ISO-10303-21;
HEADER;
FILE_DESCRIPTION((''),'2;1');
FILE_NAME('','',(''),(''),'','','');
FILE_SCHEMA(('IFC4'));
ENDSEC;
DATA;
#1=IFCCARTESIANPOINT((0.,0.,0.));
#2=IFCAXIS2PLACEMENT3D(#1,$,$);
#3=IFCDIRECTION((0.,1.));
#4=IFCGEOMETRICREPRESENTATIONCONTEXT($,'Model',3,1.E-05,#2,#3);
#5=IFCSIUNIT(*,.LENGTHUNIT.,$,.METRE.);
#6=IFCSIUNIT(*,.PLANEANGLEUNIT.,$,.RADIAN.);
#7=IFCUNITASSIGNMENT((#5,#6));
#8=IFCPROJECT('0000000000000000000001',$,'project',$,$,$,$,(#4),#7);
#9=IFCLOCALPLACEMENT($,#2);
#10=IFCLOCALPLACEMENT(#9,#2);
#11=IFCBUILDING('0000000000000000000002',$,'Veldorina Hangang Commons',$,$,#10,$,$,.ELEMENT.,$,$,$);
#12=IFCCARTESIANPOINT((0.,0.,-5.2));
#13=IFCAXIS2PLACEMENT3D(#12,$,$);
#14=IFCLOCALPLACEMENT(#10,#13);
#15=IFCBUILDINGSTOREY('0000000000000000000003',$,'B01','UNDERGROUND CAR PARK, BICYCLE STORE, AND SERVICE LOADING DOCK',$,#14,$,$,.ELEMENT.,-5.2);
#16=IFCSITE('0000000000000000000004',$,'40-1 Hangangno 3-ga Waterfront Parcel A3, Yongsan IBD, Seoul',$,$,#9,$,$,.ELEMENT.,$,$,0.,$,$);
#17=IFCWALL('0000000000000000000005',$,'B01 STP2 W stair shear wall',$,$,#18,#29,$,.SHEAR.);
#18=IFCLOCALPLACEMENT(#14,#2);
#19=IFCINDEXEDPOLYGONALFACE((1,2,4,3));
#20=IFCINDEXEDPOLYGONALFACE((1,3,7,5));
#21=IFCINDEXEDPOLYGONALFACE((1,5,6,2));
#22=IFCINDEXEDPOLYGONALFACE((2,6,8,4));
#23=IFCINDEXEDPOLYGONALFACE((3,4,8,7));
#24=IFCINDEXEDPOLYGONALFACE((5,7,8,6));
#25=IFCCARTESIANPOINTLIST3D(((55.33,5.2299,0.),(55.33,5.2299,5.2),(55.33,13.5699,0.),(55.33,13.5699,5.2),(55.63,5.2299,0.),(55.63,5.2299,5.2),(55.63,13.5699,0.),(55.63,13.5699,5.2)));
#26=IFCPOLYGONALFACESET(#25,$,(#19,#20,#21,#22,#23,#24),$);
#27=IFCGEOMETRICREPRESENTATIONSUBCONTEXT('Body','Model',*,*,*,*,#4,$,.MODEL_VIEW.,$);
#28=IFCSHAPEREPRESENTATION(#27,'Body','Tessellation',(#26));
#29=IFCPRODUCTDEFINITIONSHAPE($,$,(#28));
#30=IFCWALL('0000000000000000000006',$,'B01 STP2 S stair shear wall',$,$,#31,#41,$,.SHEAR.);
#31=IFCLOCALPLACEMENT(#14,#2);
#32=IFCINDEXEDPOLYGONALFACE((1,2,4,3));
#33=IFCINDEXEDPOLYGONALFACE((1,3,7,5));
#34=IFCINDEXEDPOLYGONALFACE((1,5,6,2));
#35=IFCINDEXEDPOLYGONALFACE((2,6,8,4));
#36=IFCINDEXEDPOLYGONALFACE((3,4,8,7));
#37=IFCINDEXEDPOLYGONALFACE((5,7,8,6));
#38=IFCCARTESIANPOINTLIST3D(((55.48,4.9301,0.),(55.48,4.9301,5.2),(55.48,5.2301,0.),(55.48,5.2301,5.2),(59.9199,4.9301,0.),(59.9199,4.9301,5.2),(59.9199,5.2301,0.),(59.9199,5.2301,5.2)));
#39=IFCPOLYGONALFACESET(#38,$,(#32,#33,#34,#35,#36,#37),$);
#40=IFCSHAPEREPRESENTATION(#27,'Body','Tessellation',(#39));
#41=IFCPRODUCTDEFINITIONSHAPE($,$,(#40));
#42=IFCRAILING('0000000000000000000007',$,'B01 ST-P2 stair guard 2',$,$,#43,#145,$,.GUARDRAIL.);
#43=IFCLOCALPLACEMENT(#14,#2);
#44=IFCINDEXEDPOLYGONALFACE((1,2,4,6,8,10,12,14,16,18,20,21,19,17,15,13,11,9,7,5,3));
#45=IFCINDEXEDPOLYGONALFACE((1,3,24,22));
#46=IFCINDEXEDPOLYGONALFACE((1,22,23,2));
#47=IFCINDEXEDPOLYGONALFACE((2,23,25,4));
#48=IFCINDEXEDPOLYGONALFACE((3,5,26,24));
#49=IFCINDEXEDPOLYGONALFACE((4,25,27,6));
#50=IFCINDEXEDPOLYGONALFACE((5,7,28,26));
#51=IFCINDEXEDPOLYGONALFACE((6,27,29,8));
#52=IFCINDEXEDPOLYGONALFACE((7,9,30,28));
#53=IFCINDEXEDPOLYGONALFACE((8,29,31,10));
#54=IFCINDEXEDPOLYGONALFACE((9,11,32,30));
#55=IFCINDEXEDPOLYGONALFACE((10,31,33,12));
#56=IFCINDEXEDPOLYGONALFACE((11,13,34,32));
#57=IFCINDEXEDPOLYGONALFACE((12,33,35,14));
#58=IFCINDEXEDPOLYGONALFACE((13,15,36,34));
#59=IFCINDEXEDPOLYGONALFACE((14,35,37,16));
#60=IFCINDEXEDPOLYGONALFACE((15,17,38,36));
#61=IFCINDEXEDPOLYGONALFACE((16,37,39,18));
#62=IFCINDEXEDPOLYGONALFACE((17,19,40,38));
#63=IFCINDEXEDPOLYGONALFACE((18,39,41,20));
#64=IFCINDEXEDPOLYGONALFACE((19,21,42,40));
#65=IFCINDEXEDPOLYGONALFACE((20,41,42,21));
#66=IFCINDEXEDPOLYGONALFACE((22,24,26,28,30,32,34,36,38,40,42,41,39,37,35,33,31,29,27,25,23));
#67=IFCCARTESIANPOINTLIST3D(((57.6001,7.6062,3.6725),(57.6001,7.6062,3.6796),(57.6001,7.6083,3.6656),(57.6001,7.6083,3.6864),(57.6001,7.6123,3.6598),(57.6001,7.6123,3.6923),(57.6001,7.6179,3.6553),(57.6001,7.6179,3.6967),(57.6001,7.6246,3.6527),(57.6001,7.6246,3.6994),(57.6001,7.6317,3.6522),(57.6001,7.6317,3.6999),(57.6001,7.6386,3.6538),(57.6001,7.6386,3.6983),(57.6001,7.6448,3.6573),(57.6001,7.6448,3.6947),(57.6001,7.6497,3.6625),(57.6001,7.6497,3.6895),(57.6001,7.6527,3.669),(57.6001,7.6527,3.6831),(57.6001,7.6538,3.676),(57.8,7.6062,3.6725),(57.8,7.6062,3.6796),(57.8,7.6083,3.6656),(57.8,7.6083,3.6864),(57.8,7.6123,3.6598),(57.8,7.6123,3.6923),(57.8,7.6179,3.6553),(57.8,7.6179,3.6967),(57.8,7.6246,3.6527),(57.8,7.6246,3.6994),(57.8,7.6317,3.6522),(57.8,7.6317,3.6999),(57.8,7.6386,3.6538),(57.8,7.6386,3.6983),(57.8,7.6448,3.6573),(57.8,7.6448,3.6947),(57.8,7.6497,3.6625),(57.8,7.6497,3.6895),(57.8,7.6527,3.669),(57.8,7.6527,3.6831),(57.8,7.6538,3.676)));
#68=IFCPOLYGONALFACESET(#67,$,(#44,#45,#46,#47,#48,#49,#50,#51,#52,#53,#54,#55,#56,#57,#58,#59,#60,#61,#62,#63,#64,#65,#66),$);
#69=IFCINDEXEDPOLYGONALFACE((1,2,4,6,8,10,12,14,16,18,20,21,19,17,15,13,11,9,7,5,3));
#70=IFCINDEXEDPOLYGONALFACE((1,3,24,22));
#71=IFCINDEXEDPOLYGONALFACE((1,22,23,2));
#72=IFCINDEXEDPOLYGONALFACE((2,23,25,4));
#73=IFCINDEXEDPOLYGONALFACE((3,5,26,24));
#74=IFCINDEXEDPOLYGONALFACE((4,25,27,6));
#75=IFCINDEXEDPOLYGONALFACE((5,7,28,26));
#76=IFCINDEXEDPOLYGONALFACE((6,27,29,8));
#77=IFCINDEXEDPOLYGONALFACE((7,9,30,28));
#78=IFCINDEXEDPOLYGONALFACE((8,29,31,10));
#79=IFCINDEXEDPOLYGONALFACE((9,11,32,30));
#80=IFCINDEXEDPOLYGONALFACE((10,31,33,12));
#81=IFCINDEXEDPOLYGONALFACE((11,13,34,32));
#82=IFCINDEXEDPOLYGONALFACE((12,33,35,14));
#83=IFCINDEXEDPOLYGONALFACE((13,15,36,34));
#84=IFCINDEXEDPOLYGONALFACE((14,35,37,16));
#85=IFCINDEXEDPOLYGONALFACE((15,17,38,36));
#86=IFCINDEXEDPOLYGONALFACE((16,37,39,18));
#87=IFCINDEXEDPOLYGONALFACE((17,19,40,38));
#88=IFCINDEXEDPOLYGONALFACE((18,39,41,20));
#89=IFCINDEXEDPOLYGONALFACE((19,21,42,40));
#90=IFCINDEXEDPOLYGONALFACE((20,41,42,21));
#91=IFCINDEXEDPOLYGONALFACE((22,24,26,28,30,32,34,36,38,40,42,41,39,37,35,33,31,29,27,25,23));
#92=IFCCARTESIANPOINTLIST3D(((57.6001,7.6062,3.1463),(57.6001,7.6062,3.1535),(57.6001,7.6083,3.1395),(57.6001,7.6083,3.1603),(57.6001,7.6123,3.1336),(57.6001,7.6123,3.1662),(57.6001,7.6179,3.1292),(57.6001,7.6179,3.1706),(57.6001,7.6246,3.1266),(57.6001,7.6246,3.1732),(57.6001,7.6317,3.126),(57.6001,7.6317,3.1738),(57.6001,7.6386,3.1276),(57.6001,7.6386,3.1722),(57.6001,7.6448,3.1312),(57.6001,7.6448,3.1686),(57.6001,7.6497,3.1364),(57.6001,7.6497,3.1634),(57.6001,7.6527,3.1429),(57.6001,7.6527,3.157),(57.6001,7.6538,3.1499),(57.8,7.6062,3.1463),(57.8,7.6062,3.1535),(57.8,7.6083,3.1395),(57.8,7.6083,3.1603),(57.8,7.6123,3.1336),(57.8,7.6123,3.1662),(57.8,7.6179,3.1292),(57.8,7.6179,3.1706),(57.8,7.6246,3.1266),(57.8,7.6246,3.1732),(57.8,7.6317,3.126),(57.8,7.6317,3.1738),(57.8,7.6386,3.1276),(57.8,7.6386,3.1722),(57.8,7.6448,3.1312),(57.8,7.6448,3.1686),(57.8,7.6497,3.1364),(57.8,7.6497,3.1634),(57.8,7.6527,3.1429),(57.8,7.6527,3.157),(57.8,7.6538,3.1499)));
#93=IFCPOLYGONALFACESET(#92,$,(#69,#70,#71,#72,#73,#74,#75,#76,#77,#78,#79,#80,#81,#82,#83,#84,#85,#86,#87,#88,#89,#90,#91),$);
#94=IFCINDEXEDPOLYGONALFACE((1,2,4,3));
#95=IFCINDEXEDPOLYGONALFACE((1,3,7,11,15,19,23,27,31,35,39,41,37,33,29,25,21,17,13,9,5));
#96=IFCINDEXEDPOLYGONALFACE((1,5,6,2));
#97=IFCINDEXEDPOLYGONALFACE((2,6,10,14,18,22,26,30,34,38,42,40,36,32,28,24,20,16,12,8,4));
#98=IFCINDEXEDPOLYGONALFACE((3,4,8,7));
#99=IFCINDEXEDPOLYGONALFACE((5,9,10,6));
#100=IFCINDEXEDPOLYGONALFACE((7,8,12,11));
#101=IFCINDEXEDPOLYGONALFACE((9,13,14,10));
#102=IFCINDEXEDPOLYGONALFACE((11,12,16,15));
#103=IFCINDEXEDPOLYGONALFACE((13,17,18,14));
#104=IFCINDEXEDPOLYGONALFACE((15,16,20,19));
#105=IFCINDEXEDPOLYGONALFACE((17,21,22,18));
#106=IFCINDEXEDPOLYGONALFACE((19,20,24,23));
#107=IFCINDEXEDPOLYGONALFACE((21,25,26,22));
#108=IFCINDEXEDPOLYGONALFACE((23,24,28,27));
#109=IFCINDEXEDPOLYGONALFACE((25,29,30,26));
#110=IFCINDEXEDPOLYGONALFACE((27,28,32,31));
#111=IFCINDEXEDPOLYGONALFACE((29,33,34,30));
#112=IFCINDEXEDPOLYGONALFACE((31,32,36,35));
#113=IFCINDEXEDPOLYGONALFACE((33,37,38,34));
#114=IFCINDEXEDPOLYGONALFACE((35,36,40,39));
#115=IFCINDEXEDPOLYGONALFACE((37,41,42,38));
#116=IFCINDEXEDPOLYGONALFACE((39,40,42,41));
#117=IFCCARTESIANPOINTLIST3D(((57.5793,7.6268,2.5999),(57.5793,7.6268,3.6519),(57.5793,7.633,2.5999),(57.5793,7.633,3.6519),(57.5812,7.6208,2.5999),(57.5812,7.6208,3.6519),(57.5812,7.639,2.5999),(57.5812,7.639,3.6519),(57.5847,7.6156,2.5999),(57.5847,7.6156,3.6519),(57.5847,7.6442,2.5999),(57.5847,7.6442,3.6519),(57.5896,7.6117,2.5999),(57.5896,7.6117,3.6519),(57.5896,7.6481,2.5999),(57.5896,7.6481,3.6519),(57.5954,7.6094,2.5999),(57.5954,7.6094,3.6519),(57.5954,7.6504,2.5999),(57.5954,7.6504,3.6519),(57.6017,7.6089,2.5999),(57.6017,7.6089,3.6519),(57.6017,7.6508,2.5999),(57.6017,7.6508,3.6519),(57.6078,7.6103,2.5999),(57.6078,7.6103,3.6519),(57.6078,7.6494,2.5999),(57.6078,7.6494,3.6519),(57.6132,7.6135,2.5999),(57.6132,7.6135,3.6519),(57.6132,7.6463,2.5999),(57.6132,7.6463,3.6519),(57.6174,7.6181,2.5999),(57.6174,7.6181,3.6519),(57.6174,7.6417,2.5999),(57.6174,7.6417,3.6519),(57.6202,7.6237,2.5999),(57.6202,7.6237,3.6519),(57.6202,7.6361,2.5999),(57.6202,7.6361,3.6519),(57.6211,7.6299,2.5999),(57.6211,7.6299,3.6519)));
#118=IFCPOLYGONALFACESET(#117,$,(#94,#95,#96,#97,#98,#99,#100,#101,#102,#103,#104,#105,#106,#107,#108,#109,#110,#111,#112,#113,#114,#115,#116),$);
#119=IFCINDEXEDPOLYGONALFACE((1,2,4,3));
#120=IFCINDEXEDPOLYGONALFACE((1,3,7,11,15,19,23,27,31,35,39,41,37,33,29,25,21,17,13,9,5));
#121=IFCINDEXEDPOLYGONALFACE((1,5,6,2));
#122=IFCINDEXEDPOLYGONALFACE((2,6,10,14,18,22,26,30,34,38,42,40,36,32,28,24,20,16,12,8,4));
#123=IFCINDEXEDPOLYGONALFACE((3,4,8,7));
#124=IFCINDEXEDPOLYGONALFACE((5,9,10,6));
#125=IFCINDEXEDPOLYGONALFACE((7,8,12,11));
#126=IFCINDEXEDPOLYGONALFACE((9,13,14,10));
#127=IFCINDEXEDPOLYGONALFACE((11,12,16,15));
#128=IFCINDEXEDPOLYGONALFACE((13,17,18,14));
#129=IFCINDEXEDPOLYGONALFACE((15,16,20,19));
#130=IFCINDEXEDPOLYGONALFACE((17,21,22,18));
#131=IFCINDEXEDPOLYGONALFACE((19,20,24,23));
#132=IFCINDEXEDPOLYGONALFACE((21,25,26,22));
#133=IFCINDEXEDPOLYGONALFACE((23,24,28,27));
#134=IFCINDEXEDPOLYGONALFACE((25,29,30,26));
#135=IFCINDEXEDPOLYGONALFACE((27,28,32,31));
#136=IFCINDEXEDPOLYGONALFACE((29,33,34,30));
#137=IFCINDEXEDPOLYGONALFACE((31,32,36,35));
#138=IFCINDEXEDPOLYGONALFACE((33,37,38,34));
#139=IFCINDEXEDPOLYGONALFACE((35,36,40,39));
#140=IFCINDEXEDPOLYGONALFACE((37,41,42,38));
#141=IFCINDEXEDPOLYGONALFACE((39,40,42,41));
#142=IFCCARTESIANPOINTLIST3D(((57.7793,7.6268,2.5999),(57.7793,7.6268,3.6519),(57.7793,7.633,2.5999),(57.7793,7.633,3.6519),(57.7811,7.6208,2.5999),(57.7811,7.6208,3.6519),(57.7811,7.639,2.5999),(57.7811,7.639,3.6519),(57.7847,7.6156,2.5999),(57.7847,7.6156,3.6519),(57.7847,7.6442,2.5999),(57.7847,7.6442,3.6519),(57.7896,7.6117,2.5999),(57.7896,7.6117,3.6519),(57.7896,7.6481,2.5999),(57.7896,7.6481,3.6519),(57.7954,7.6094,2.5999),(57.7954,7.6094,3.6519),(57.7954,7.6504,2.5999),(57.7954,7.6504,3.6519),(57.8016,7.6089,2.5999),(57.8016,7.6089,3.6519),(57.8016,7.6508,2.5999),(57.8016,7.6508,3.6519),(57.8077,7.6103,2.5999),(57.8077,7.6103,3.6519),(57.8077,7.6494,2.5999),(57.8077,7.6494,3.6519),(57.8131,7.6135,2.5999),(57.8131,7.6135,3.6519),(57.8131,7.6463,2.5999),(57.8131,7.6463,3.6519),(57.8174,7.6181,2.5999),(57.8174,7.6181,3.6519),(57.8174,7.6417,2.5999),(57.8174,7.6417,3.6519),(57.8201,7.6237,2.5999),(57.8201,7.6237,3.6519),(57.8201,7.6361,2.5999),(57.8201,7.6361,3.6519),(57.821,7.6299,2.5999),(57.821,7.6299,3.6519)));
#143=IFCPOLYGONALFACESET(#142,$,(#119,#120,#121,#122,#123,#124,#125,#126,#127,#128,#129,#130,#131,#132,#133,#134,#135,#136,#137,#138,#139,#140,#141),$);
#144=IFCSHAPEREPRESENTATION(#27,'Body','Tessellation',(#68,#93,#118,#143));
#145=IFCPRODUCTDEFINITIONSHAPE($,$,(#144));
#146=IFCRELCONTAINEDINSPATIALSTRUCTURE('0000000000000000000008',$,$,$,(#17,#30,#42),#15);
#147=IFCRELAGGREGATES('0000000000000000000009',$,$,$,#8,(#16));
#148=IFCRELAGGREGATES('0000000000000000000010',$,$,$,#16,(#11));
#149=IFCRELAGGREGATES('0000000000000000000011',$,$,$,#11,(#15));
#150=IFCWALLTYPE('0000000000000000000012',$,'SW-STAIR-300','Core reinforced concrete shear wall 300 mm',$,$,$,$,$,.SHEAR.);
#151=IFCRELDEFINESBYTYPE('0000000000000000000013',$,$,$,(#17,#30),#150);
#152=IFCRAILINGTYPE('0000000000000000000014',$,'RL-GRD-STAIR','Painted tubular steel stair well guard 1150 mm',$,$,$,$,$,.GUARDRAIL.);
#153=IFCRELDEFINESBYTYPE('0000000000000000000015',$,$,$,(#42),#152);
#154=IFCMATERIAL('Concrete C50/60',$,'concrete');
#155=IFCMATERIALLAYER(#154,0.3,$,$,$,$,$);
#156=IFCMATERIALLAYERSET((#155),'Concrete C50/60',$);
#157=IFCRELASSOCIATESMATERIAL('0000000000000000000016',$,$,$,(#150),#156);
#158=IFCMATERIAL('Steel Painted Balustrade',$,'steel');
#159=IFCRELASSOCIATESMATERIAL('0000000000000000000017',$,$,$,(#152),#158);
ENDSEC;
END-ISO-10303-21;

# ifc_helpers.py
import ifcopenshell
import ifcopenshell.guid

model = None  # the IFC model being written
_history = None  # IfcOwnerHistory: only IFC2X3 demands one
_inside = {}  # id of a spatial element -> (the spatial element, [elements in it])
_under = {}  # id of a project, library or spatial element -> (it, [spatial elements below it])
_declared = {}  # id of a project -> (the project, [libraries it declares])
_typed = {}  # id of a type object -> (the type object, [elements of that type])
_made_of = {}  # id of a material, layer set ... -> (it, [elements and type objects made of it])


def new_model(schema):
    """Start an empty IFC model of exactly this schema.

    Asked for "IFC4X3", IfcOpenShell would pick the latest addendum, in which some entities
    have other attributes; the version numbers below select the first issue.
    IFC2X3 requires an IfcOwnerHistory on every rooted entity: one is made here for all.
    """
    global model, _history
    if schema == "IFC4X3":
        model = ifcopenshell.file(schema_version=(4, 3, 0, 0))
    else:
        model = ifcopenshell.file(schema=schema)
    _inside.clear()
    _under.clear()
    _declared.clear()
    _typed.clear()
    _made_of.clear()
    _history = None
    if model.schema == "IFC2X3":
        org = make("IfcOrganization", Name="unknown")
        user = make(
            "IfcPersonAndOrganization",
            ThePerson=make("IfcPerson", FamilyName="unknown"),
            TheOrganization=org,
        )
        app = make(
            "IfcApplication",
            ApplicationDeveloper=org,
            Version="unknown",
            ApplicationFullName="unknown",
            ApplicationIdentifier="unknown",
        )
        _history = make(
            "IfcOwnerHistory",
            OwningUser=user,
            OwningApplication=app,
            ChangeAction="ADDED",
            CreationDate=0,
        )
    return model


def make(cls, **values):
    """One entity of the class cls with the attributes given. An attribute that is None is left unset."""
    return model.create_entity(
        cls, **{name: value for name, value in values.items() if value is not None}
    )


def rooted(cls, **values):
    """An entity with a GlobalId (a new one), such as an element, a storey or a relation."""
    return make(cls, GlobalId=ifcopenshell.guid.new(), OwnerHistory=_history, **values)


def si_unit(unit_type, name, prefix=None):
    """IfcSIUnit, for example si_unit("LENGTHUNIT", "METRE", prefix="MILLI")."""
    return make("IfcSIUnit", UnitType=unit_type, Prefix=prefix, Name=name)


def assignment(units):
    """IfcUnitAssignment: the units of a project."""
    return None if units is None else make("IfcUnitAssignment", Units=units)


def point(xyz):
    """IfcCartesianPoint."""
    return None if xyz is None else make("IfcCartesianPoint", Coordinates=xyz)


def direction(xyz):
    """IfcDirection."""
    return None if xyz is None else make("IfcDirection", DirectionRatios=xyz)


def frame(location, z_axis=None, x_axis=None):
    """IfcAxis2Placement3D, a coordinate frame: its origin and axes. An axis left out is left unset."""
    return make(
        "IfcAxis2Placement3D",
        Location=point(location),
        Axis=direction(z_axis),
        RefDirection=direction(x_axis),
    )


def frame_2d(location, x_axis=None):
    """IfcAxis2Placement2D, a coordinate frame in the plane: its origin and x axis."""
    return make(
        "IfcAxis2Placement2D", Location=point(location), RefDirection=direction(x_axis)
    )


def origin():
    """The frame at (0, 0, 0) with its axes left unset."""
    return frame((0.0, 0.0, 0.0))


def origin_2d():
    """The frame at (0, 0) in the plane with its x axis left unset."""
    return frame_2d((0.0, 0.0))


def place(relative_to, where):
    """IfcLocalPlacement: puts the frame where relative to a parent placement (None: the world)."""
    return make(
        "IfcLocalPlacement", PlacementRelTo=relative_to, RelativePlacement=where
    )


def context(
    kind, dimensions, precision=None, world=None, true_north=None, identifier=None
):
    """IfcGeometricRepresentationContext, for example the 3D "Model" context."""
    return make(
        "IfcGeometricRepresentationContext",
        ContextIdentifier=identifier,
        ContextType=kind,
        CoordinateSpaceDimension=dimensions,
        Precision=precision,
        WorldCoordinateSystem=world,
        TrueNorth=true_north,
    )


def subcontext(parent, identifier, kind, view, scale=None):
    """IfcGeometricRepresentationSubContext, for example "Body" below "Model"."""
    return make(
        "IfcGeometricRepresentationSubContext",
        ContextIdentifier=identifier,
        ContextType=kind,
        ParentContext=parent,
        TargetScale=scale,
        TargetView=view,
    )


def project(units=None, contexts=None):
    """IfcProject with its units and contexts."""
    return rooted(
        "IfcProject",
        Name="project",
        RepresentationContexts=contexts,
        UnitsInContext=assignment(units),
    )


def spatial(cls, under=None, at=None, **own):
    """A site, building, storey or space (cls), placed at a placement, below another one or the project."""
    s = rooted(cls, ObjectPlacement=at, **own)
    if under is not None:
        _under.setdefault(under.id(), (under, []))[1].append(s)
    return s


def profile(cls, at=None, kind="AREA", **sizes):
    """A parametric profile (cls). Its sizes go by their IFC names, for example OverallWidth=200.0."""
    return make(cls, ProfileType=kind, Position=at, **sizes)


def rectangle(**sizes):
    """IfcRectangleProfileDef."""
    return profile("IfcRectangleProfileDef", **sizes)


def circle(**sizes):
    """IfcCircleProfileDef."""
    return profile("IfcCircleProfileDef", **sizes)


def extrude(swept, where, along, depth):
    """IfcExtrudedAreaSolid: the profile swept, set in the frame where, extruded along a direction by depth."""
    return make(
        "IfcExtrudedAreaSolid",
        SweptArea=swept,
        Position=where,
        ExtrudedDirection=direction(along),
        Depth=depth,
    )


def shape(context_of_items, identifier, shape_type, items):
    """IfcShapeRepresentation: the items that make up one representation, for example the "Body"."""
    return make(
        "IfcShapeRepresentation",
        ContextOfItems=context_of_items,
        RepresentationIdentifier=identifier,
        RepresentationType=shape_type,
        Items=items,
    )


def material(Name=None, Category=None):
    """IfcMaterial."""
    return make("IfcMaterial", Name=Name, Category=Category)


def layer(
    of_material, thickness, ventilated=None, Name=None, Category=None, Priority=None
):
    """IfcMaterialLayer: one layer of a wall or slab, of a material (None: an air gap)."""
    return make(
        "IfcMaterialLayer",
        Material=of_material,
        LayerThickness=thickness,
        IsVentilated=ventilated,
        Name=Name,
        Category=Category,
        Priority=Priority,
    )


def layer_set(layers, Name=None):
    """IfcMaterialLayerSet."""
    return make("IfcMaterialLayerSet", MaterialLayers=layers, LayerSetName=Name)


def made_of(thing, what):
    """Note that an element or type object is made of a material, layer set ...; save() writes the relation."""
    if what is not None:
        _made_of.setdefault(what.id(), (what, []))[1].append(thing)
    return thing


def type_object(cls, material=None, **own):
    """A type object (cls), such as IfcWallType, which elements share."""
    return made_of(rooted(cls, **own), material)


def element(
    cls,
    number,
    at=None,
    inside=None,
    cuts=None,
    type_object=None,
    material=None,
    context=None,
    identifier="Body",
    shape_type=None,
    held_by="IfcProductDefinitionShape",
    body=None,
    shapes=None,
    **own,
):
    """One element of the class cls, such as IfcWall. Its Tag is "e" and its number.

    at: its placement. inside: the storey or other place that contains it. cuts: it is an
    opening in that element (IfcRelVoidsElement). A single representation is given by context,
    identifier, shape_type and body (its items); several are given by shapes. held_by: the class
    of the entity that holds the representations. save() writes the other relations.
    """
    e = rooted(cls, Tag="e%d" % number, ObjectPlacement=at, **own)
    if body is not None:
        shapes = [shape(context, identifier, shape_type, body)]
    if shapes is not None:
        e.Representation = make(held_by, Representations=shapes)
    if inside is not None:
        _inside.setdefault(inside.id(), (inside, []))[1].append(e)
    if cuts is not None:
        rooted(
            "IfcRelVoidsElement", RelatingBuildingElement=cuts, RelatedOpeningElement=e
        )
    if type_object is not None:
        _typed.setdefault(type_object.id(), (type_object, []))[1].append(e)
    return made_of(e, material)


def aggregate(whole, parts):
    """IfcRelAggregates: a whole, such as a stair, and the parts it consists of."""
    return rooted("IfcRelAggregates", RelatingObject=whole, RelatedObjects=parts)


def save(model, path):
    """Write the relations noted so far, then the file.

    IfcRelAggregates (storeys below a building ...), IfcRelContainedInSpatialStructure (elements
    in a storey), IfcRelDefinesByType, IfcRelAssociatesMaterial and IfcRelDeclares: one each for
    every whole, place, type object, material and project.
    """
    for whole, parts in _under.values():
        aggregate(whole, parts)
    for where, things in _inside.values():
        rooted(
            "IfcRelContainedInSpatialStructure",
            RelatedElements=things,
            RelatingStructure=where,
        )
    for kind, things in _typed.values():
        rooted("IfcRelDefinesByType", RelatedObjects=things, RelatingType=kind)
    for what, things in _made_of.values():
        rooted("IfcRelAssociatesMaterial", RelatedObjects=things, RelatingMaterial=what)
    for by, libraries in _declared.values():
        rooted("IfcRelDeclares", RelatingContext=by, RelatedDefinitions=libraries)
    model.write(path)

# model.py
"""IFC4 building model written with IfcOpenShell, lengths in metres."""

from ifc_helpers import new_model, si_unit, direction, frame, frame_2d, origin, origin_2d, place, context, subcontext, project, spatial, rectangle, circle, extrude, material, layer, layer_set, type_object, element, save


model = new_model("IFC4")

# Units and contexts
model_context = context("Model", 3, precision=1e-05, world=origin(), true_north=direction((0.0, 1.0)))
body_context = subcontext(model_context, "Body", "Model", "MODEL_VIEW")
ifc_project = project(units=[si_unit("LENGTHUNIT", "METRE"), si_unit("PLANEANGLEUNIT", "RADIAN")], contexts=[model_context])

# Site, building, storey
site_placement = place(None, origin())
site = spatial("IfcSite", under=ifc_project, at=site_placement, Name="40-1 Hangangno 3-ga Waterfront Parcel A3, Yongsan IBD, Seoul", CompositionType="ELEMENT", RefElevation=0.0)
building_placement = place(site_placement, origin())
building = spatial("IfcBuilding", under=site, at=building_placement, Name="Veldorina Hangang Commons", CompositionType="ELEMENT")
storey_placement = place(building_placement, frame((0.0, 0.0, -5.2)))
storey = spatial("IfcBuildingStorey", under=building, at=storey_placement, Name="B01", Description="UNDERGROUND CAR PARK, BICYCLE STORE, AND SERVICE LOADING DOCK", CompositionType="ELEMENT", Elevation=-5.2)

# Shared definitions
ifc_material_1 = material(Name="Concrete C50/60", Category="concrete")

# Walls
ifc_layer_1 = layer(ifc_material_1, 0.3)
ifc_layer_set_1 = layer_set([ifc_layer_1], Name="Concrete C50/60")
wall_type_1 = type_object("IfcWallType", Name="SW-STAIR-300", Description="Core reinforced concrete shear wall 300 mm", PredefinedType="SHEAR", material=ifc_layer_set_1)
wall_1_placement = place(storey_placement, frame((55.48, 5.23, 0.0), z_axis=(0.0, 0.0, 1.0), x_axis=(0.0, 1.0, 0.0)))
element("IfcWall", 1, at=wall_1_placement, inside=storey, type_object=wall_type_1, Name="B01 STP2 W stair shear wall", PredefinedType="SHEAR", context=body_context, shape_type="SweptSolid", body=[
    extrude(rectangle(XDim=8.3401, YDim=0.3, at=frame_2d((4.1699, 0.0))), origin(), (0.0, 0.0, 1.0), 5.2),
])
wall_2_placement = place(storey_placement, frame((55.48, 5.0801, 0.0), z_axis=(0.0, 0.0, 1.0), x_axis=(1.0, 0.0, 0.0)))
element("IfcWall", 2, at=wall_2_placement, inside=storey, type_object=wall_type_1, Name="B01 STP2 S stair shear wall", PredefinedType="SHEAR", context=body_context, shape_type="SweptSolid", body=[
    extrude(rectangle(XDim=4.4399, YDim=0.3, at=frame_2d((2.22, 0.0))), origin(), (0.0, 0.0, 1.0), 5.2),
])

# Railing
ifc_material_2 = material(Name="Steel Painted Balustrade", Category="steel")
railing_type = type_object("IfcRailingType", Name="RL-GRD-STAIR", Description="Painted tubular steel stair well guard 1150 mm", PredefinedType="GUARDRAIL", material=ifc_material_2)
railing_placement = place(storey_placement, frame((57.6001, 7.6299, 2.5999)))
element("IfcRailing", 3, at=railing_placement, inside=storey, type_object=railing_type, Name="B01 ST-P2 stair guard 2", PredefinedType="GUARDRAIL", context=body_context, shape_type="SweptSolid", body=[
    extrude(circle(Radius=0.0239, at=origin_2d()), frame((0.0, 0.0, 1.0762), z_axis=(1.0, 0.0, 0.0), x_axis=(0.0, 1.0, 0.0)), (0.0, 0.0, 1.0), 0.2),
    extrude(circle(Radius=0.0239, at=origin_2d()), frame((0.0, 0.0, 0.55), z_axis=(1.0, 0.0, 0.0), x_axis=(0.0, 1.0, 0.0)), (0.0, 0.0, 1.0), 0.2),
    extrude(circle(Radius=0.021, at=origin_2d()), origin(), (0.0, 0.0, 1.0), 1.052),
    extrude(circle(Radius=0.021, at=origin_2d()), frame((0.2, 0.0, 0.0)), (0.0, 0.0, 1.0), 1.052),
])

save(model, "model.ifc")
